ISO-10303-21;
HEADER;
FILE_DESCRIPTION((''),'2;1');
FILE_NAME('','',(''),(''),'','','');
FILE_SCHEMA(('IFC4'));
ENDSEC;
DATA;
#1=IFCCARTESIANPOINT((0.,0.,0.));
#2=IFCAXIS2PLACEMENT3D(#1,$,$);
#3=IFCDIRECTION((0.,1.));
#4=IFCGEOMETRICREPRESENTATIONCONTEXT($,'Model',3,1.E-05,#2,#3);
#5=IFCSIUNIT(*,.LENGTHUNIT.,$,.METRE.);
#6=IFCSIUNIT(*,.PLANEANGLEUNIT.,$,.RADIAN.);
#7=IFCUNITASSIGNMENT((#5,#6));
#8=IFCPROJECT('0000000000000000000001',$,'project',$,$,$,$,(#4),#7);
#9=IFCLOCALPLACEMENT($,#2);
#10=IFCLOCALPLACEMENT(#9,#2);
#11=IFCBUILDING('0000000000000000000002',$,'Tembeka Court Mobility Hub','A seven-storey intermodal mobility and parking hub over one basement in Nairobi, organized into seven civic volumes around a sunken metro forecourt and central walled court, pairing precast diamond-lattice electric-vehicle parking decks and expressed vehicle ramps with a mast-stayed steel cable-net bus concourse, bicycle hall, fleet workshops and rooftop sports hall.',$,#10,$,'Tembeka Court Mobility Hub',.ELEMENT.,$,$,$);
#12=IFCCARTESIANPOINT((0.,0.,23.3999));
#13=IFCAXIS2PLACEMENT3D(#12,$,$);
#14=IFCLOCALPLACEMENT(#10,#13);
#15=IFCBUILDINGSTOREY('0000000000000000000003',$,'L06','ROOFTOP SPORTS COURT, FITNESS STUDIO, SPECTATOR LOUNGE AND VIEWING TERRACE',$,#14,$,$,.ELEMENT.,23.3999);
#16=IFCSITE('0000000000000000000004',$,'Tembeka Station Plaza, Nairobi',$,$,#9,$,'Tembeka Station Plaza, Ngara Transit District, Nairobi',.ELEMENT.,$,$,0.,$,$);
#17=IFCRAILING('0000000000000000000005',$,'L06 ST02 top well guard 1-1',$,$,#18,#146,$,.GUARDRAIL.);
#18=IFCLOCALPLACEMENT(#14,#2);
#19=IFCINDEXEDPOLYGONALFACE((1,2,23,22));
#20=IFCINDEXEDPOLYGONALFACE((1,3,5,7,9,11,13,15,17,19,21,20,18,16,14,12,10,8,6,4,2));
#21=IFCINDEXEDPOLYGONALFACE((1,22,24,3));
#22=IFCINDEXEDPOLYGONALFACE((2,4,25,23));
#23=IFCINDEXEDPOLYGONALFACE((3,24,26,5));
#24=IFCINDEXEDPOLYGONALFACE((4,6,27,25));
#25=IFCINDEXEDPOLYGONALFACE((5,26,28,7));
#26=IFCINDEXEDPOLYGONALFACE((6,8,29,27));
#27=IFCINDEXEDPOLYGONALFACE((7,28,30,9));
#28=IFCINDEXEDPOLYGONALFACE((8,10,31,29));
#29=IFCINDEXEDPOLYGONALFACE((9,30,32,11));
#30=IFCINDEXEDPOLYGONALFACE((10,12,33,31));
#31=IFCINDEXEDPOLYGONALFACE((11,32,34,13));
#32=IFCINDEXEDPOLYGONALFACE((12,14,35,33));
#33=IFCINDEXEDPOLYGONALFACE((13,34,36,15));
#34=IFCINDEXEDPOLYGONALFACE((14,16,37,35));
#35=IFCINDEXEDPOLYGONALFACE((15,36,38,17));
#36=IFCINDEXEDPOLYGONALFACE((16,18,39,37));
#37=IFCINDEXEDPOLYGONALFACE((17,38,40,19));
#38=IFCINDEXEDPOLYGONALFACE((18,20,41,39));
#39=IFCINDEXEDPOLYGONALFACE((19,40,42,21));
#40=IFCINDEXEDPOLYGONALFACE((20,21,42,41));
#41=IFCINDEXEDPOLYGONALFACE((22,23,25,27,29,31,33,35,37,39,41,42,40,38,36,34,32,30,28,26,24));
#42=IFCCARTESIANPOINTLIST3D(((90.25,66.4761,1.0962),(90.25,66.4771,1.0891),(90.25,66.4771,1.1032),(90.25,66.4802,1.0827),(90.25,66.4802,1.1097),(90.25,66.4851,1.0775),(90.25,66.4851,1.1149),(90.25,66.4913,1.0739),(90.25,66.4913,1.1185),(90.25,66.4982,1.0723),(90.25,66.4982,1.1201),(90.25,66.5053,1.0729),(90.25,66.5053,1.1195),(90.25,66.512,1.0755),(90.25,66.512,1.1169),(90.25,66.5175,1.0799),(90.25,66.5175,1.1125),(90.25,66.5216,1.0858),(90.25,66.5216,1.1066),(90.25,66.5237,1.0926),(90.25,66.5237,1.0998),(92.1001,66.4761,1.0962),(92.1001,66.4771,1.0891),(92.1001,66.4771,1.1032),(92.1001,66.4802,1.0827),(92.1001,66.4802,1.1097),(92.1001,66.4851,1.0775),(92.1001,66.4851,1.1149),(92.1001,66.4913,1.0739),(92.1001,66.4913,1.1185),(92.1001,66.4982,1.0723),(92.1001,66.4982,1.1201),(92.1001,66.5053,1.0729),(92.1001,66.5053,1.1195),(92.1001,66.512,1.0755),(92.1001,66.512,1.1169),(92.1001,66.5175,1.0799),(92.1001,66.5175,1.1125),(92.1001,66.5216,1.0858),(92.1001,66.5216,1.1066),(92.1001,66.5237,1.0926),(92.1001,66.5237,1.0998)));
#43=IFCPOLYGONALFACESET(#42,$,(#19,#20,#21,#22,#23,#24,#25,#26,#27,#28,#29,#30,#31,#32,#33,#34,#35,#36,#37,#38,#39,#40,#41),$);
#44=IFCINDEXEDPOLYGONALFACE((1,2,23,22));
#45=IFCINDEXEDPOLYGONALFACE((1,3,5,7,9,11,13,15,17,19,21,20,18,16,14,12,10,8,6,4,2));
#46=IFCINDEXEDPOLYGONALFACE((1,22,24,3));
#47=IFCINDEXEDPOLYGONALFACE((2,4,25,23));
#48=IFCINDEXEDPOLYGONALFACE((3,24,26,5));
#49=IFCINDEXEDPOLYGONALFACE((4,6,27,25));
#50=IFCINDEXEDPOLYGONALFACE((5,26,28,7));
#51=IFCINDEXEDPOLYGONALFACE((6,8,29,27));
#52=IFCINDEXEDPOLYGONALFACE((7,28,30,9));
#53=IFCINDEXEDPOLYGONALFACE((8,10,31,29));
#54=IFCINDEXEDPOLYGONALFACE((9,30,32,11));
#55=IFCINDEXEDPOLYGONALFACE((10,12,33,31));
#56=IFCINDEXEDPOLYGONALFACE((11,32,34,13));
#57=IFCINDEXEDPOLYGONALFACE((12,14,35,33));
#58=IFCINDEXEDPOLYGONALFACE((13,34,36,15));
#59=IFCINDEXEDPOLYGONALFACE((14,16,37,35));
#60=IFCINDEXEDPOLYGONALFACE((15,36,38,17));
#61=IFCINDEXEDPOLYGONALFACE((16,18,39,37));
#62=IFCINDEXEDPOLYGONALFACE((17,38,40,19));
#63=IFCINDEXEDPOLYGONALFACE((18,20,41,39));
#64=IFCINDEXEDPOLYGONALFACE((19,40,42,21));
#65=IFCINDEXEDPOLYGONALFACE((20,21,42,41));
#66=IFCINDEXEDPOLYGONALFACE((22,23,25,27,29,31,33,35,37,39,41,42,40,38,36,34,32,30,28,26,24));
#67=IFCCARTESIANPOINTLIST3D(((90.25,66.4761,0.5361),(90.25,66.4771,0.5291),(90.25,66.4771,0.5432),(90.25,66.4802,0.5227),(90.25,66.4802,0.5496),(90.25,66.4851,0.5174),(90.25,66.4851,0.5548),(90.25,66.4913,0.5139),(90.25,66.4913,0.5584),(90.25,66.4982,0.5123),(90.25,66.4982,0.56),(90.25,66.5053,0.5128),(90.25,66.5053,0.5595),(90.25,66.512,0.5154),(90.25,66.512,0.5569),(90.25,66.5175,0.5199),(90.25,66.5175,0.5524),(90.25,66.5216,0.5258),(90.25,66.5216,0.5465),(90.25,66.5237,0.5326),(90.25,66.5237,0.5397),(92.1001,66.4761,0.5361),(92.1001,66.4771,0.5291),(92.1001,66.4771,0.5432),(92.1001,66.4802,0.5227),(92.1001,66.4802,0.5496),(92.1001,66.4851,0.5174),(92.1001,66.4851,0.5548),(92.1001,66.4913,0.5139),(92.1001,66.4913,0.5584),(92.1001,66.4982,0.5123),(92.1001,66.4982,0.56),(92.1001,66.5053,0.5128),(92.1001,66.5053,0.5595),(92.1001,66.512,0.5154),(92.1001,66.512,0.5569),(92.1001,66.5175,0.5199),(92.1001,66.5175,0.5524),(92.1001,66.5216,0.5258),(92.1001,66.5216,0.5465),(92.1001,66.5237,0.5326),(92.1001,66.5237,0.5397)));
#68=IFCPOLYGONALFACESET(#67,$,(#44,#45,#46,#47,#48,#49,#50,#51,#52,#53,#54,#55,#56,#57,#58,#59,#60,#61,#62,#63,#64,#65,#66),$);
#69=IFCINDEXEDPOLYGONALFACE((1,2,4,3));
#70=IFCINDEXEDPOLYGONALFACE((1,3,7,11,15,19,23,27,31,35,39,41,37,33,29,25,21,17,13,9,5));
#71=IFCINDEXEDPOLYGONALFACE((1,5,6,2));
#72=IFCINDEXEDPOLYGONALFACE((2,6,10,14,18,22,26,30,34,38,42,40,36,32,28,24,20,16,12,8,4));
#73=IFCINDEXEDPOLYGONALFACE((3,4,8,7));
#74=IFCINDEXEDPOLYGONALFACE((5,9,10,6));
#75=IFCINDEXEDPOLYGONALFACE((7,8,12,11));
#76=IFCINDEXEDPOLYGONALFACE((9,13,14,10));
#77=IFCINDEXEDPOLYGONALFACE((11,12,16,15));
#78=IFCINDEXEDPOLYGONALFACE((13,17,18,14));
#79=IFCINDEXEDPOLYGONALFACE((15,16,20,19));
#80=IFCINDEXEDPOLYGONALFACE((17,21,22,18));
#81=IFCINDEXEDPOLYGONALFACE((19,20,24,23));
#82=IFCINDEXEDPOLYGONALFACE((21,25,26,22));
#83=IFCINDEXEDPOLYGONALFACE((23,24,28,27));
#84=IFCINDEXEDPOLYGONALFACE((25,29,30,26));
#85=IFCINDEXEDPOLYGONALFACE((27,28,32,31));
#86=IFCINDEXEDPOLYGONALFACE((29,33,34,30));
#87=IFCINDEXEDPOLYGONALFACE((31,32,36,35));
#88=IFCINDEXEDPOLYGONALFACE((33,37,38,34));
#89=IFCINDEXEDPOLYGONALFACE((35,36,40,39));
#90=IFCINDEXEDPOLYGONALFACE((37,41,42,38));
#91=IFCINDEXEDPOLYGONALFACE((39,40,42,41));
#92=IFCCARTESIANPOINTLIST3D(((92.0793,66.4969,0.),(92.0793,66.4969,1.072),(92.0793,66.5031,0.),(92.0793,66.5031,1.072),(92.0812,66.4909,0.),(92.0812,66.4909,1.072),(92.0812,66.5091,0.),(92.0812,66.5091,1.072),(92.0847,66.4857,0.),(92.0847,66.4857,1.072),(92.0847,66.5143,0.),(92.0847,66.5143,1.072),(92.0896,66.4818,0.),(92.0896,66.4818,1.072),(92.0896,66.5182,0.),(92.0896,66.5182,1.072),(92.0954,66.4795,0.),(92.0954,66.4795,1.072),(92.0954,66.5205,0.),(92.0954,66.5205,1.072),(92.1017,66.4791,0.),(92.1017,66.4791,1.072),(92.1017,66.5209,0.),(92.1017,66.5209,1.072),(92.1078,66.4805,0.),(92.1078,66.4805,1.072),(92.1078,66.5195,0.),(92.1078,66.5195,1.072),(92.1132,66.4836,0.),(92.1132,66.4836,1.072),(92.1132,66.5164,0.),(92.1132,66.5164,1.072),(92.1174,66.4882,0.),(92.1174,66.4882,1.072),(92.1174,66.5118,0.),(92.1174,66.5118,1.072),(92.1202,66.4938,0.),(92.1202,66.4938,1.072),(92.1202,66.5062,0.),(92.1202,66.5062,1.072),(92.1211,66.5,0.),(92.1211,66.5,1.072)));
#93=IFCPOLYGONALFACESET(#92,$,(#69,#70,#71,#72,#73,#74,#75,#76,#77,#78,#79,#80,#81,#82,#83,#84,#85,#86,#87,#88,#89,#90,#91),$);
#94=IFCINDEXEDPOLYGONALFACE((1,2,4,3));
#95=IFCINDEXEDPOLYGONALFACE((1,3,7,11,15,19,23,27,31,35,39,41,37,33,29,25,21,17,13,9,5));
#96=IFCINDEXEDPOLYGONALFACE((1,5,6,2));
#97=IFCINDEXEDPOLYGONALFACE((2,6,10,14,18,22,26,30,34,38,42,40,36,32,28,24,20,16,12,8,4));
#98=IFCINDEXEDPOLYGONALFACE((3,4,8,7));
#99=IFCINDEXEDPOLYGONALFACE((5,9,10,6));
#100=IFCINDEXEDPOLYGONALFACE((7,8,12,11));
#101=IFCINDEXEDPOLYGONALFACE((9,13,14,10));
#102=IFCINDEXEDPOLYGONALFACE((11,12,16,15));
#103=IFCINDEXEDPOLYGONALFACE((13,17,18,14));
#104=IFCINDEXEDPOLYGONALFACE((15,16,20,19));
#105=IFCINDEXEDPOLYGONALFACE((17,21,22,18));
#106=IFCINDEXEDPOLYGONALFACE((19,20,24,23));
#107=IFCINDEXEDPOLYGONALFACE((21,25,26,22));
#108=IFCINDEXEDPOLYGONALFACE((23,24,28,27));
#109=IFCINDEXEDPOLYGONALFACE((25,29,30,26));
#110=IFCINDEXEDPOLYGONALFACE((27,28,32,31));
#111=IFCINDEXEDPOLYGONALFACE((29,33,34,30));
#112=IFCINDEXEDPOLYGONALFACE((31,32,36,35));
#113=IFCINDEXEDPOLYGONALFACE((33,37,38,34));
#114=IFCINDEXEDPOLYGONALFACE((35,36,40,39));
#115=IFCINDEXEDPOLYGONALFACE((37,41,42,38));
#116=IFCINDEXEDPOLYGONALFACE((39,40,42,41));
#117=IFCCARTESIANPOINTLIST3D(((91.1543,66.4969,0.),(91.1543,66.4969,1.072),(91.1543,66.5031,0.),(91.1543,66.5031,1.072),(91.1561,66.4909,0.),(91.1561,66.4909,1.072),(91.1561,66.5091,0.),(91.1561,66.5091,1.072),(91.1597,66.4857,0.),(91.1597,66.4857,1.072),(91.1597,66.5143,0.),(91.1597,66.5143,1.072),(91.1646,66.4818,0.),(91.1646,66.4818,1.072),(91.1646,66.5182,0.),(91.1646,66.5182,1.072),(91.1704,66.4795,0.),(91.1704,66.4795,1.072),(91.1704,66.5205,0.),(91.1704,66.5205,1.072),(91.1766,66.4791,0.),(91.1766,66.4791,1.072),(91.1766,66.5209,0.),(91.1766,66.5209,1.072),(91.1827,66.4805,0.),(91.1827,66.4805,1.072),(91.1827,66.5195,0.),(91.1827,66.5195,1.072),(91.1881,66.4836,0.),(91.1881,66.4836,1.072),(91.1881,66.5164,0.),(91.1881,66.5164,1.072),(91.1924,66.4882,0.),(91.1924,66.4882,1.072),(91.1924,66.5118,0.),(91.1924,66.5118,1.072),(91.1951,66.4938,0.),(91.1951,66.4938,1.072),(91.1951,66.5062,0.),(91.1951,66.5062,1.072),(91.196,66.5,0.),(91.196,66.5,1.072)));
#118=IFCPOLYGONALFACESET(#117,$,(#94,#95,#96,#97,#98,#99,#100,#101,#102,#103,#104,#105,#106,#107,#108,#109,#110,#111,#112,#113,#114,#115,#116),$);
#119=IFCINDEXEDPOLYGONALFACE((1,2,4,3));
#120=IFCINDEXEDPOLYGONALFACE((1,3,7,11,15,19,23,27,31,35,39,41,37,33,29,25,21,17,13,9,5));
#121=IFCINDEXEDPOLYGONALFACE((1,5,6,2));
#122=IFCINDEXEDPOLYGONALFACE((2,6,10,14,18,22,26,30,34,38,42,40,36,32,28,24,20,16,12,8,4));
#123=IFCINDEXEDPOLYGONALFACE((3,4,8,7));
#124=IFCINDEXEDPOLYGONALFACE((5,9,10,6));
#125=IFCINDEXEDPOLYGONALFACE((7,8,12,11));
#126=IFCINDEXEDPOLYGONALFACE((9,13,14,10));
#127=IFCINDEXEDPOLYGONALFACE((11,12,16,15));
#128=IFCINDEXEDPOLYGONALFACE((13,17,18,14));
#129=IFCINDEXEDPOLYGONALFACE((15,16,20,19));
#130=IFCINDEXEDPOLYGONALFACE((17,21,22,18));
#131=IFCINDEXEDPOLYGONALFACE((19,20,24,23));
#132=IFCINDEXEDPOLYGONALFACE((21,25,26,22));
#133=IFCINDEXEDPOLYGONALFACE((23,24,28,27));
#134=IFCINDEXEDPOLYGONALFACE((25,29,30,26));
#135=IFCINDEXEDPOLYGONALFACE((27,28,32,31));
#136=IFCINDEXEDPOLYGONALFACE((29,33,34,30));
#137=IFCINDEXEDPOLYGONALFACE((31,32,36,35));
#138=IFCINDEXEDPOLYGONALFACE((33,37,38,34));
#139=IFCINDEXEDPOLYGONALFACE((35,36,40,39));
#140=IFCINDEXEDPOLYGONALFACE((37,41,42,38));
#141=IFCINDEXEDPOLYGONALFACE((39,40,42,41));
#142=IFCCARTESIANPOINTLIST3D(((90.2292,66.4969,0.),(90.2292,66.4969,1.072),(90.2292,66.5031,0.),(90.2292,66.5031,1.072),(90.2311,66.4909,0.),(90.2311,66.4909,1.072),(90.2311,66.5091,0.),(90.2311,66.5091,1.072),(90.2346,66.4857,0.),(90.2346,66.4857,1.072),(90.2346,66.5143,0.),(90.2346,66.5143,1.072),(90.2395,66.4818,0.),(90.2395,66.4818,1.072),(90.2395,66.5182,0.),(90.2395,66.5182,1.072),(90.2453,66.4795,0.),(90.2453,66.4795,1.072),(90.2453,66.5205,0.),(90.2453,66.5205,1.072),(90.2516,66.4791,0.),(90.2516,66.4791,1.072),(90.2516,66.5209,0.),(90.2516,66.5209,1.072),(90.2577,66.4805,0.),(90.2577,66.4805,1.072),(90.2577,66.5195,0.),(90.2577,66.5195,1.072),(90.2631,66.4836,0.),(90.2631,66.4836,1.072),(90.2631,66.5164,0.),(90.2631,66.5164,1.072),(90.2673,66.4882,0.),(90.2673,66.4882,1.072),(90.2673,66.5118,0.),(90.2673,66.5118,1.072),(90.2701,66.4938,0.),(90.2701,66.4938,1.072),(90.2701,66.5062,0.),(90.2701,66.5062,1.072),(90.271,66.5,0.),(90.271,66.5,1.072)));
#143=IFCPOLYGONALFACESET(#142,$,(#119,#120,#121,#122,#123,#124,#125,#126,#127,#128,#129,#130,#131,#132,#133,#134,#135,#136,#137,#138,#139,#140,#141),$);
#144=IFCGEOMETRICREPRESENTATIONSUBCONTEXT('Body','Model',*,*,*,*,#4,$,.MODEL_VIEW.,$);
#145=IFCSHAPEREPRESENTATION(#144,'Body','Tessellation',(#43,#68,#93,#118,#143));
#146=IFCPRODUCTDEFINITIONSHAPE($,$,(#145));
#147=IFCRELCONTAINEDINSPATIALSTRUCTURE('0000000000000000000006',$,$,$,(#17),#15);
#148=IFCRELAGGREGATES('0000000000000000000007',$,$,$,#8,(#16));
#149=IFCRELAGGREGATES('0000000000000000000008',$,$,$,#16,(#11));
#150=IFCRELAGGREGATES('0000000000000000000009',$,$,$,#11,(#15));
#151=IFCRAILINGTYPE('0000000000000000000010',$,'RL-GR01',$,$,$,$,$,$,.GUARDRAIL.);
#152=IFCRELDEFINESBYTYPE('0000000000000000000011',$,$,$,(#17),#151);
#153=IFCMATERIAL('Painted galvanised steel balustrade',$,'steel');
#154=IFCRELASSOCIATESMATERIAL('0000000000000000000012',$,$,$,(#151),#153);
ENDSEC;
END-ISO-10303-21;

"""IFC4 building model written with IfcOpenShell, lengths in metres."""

from ifc_helpers import new_model, si_unit, direction, frame, origin, origin_2d, place, context, subcontext, project, spatial, circle, extrude, material, type_object, element, save


model = new_model("IFC4")

# Units and contexts
model_context = context("Model", 3, precision=1e-05, world=origin(), true_north=direction((0.0, 1.0)))
body_context = subcontext(model_context, "Body", "Model", "MODEL_VIEW")
ifc_project = project(units=[si_unit("LENGTHUNIT", "METRE"), si_unit("PLANEANGLEUNIT", "RADIAN")], contexts=[model_context])

# Site, building, storey
site_placement = place(None, origin())
site = spatial("IfcSite", under=ifc_project, at=site_placement, Name="Tembeka Station Plaza, Nairobi", LongName="Tembeka Station Plaza, Ngara Transit District, Nairobi", CompositionType="ELEMENT", RefElevation=0.0)
building_placement = place(site_placement, origin())
building = spatial("IfcBuilding", under=site, at=building_placement, Name="Tembeka Court Mobility Hub", Description="A seven-storey intermodal mobility and parking hub over one basement in Nairobi, organized into seven civic volumes around a sunken metro forecourt and central walled court, pairing precast diamond-lattice electric-vehicle parking decks and expressed vehicle ramps with a mast-stayed steel cable-net bus concourse, bicycle hall, fleet workshops and rooftop sports hall.", LongName="Tembeka Court Mobility Hub", CompositionType="ELEMENT")
storey_placement = place(building_placement, frame((0.0, 0.0, 23.3999)))
storey = spatial("IfcBuildingStorey", under=building, at=storey_placement, Name="L06", Description="ROOFTOP SPORTS COURT, FITNESS STUDIO, SPECTATOR LOUNGE AND VIEWING TERRACE", CompositionType="ELEMENT", Elevation=23.3999)

# Railing
ifc_material_1 = material(Name="Painted galvanised steel balustrade", Category="steel")
railing_type = type_object("IfcRailingType", Name="RL-GR01", PredefinedType="GUARDRAIL", material=ifc_material_1)
railing_placement = place(storey_placement, frame((92.1001, 66.5, 0.0)))
element("IfcRailing", 1, at=railing_placement, inside=storey, type_object=railing_type, Name="L06 ST02 top well guard 1-1", PredefinedType="GUARDRAIL", context=body_context, shape_type="SweptSolid", body=[
    extrude(circle(Radius=0.0239, at=origin_2d()), frame((0.0, 0.0, 1.0962), z_axis=(-1.0, 0.0, 0.0), x_axis=(0.0, -1.0, 0.0)), (0.0, 0.0, 1.0), 1.8501),
    extrude(circle(Radius=0.0239, at=origin_2d()), frame((0.0, 0.0, 0.5361), z_axis=(-1.0, 0.0, 0.0), x_axis=(0.0, -1.0, 0.0)), (0.0, 0.0, 1.0), 1.8501),
    extrude(circle(Radius=0.021, at=origin_2d()), origin(), (0.0, 0.0, 1.0), 1.072),
    extrude(circle(Radius=0.021, at=origin_2d()), frame((-0.925, 0.0, 0.0)), (0.0, 0.0, 1.0), 1.072),
    extrude(circle(Radius=0.021, at=origin_2d()), frame((-1.8501, 0.0, 0.0)), (0.0, 0.0, 1.0), 1.072),
])

save(model, "model.ifc")
